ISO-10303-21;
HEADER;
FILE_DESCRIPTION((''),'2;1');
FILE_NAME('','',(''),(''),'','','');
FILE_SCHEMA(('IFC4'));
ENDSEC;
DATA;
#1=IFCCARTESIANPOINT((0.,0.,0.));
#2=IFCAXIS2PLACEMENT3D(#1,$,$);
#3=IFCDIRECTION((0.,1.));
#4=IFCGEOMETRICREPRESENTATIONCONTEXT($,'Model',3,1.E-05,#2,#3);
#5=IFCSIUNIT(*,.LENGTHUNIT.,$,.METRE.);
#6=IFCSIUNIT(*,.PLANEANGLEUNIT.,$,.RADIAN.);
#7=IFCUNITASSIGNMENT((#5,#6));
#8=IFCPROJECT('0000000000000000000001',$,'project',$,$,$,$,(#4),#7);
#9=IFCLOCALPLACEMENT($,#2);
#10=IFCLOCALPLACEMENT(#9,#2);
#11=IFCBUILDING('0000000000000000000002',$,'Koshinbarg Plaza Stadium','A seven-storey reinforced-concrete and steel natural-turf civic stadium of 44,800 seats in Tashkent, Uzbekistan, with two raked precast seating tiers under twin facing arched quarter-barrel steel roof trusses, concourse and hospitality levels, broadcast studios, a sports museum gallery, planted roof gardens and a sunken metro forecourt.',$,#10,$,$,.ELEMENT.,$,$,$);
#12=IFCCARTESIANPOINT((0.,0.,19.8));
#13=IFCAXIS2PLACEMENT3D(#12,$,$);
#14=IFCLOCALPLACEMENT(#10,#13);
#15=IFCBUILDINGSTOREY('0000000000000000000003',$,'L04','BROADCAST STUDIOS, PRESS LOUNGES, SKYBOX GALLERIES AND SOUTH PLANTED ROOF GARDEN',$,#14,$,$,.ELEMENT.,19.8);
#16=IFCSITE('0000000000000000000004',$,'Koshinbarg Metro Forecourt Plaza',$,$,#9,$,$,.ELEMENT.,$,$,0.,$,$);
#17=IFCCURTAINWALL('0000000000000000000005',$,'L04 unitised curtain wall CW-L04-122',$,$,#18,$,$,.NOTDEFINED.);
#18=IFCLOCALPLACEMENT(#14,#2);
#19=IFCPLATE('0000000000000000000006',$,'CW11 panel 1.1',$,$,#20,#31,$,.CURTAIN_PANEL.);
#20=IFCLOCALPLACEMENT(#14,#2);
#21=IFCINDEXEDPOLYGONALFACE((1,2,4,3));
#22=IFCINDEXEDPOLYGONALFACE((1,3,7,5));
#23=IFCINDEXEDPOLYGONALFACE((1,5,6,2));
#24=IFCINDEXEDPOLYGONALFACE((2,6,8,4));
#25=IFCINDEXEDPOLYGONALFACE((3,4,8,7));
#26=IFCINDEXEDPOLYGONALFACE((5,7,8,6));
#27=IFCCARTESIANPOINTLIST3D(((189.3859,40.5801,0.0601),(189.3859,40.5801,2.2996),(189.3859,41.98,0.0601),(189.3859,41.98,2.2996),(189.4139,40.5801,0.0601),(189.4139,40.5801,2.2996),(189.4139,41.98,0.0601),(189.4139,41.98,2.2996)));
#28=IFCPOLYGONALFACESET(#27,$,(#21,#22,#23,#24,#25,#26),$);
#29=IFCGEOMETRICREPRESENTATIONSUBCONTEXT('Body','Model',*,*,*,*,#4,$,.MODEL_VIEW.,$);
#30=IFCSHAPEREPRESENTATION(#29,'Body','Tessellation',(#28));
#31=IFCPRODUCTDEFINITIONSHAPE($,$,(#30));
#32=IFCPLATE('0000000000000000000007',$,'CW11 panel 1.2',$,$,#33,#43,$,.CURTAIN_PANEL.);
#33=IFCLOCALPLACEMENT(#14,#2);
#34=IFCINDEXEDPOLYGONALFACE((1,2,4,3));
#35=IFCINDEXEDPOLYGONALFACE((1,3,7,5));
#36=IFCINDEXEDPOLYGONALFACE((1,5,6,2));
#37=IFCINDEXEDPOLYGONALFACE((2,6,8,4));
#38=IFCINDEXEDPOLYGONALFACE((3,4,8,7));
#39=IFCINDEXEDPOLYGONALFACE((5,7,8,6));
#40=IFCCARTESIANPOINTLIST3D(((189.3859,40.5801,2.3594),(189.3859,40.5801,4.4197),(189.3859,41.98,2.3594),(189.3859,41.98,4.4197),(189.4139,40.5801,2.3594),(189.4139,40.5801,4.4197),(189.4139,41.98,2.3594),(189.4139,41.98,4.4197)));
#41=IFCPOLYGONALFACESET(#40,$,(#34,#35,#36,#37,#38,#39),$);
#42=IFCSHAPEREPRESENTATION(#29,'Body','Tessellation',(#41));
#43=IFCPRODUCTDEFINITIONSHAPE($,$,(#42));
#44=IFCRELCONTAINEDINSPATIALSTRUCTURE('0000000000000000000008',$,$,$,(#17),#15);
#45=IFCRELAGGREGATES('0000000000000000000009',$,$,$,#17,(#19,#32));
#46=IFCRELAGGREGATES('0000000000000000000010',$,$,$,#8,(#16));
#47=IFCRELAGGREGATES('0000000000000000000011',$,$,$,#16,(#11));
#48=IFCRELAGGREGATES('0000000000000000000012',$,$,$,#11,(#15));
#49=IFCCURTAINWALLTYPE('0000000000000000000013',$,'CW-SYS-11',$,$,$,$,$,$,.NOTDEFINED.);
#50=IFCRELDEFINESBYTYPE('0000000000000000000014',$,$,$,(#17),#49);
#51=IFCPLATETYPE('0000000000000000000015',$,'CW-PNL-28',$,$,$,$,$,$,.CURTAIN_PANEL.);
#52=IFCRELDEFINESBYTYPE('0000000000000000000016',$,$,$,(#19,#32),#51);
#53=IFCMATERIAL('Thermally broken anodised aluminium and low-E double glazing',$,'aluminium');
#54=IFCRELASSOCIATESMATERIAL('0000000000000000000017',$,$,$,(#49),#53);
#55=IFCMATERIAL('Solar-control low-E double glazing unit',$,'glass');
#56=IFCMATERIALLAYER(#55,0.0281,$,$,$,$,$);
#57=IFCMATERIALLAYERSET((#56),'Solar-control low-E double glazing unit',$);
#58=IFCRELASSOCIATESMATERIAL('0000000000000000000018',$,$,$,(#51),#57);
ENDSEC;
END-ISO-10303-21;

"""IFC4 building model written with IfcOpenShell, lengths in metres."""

from ifc_helpers import new_model, si_unit, direction, frame, origin, origin_2d, place, context, subcontext, project, spatial, rectangle, extrude, material, layer, layer_set, type_object, element, aggregate, save


model = new_model("IFC4")

# Units and contexts
model_context = context("Model", 3, precision=1e-05, world=origin(), true_north=direction((0.0, 1.0)))
body_context = subcontext(model_context, "Body", "Model", "MODEL_VIEW")
ifc_project = project(units=[si_unit("LENGTHUNIT", "METRE"), si_unit("PLANEANGLEUNIT", "RADIAN")], contexts=[model_context])

# Site, building, storey
site_placement = place(None, origin())
site = spatial("IfcSite", under=ifc_project, at=site_placement, Name="Koshinbarg Metro Forecourt Plaza", CompositionType="ELEMENT", RefElevation=0.0)
building_placement = place(site_placement, origin())
building = spatial("IfcBuilding", under=site, at=building_placement, Name="Koshinbarg Plaza Stadium", Description="A seven-storey reinforced-concrete and steel natural-turf civic stadium of 44,800 seats in Tashkent, Uzbekistan, with two raked precast seating tiers under twin facing arched quarter-barrel steel roof trusses, concourse and hospitality levels, broadcast studios, a sports museum gallery, planted roof gardens and a sunken metro forecourt.", CompositionType="ELEMENT")
storey_placement = place(building_placement, frame((0.0, 0.0, 19.8)))
storey = spatial("IfcBuildingStorey", under=building, at=storey_placement, Name="L04", Description="BROADCAST STUDIOS, PRESS LOUNGES, SKYBOX GALLERIES AND SOUTH PLANTED ROOF GARDEN", CompositionType="ELEMENT", Elevation=19.8)

# Curtain wall, plates
ifc_material_1 = material(Name="Thermally broken anodised aluminium and low-E double glazing", Category="aluminium")
curtain_wall_type = type_object("IfcCurtainWallType", Name="CW-SYS-11", PredefinedType="NOTDEFINED", material=ifc_material_1)
curtain_wall_placement = place(storey_placement, origin())
curtain_wall = element("IfcCurtainWall", 1, at=curtain_wall_placement, inside=storey, type_object=curtain_wall_type, Name="L04 unitised curtain wall CW-L04-122", PredefinedType="NOTDEFINED")
ifc_material_2 = material(Name="Solar-control low-E double glazing unit", Category="glass")
ifc_layer = layer(ifc_material_2, 0.0281)
ifc_layer_set = layer_set([ifc_layer], Name="Solar-control low-E double glazing unit")
plate_type = type_object("IfcPlateType", Name="CW-PNL-28", PredefinedType="CURTAIN_PANEL", material=ifc_layer_set)
plate_1_placement = place(storey_placement, frame((189.3999, 41.28, 0.0601), z_axis=(0.0, 0.0, 1.0), x_axis=(0.0, 1.0, 0.0)))
plate_1 = element("IfcPlate", 2, at=plate_1_placement, type_object=plate_type, Name="CW11 panel 1.1", PredefinedType="CURTAIN_PANEL", context=body_context, shape_type="SweptSolid", body=[
    extrude(rectangle(XDim=1.3999, YDim=0.0281, at=origin_2d()), origin(), (0.0, 0.0, 1.0), 2.2395),
])
plate_2_placement = place(storey_placement, frame((189.3999, 41.28, 2.3594), z_axis=(0.0, 0.0, 1.0), x_axis=(0.0, 1.0, 0.0)))
plate_2 = element("IfcPlate", 3, at=plate_2_placement, type_object=plate_type, Name="CW11 panel 1.2", PredefinedType="CURTAIN_PANEL", context=body_context, shape_type="SweptSolid", body=[
    extrude(rectangle(XDim=1.3999, YDim=0.0281, at=origin_2d()), origin(), (0.0, 0.0, 1.0), 2.0603),
])
aggregate(curtain_wall, [plate_1, plate_2])

save(model, "model.ifc")
